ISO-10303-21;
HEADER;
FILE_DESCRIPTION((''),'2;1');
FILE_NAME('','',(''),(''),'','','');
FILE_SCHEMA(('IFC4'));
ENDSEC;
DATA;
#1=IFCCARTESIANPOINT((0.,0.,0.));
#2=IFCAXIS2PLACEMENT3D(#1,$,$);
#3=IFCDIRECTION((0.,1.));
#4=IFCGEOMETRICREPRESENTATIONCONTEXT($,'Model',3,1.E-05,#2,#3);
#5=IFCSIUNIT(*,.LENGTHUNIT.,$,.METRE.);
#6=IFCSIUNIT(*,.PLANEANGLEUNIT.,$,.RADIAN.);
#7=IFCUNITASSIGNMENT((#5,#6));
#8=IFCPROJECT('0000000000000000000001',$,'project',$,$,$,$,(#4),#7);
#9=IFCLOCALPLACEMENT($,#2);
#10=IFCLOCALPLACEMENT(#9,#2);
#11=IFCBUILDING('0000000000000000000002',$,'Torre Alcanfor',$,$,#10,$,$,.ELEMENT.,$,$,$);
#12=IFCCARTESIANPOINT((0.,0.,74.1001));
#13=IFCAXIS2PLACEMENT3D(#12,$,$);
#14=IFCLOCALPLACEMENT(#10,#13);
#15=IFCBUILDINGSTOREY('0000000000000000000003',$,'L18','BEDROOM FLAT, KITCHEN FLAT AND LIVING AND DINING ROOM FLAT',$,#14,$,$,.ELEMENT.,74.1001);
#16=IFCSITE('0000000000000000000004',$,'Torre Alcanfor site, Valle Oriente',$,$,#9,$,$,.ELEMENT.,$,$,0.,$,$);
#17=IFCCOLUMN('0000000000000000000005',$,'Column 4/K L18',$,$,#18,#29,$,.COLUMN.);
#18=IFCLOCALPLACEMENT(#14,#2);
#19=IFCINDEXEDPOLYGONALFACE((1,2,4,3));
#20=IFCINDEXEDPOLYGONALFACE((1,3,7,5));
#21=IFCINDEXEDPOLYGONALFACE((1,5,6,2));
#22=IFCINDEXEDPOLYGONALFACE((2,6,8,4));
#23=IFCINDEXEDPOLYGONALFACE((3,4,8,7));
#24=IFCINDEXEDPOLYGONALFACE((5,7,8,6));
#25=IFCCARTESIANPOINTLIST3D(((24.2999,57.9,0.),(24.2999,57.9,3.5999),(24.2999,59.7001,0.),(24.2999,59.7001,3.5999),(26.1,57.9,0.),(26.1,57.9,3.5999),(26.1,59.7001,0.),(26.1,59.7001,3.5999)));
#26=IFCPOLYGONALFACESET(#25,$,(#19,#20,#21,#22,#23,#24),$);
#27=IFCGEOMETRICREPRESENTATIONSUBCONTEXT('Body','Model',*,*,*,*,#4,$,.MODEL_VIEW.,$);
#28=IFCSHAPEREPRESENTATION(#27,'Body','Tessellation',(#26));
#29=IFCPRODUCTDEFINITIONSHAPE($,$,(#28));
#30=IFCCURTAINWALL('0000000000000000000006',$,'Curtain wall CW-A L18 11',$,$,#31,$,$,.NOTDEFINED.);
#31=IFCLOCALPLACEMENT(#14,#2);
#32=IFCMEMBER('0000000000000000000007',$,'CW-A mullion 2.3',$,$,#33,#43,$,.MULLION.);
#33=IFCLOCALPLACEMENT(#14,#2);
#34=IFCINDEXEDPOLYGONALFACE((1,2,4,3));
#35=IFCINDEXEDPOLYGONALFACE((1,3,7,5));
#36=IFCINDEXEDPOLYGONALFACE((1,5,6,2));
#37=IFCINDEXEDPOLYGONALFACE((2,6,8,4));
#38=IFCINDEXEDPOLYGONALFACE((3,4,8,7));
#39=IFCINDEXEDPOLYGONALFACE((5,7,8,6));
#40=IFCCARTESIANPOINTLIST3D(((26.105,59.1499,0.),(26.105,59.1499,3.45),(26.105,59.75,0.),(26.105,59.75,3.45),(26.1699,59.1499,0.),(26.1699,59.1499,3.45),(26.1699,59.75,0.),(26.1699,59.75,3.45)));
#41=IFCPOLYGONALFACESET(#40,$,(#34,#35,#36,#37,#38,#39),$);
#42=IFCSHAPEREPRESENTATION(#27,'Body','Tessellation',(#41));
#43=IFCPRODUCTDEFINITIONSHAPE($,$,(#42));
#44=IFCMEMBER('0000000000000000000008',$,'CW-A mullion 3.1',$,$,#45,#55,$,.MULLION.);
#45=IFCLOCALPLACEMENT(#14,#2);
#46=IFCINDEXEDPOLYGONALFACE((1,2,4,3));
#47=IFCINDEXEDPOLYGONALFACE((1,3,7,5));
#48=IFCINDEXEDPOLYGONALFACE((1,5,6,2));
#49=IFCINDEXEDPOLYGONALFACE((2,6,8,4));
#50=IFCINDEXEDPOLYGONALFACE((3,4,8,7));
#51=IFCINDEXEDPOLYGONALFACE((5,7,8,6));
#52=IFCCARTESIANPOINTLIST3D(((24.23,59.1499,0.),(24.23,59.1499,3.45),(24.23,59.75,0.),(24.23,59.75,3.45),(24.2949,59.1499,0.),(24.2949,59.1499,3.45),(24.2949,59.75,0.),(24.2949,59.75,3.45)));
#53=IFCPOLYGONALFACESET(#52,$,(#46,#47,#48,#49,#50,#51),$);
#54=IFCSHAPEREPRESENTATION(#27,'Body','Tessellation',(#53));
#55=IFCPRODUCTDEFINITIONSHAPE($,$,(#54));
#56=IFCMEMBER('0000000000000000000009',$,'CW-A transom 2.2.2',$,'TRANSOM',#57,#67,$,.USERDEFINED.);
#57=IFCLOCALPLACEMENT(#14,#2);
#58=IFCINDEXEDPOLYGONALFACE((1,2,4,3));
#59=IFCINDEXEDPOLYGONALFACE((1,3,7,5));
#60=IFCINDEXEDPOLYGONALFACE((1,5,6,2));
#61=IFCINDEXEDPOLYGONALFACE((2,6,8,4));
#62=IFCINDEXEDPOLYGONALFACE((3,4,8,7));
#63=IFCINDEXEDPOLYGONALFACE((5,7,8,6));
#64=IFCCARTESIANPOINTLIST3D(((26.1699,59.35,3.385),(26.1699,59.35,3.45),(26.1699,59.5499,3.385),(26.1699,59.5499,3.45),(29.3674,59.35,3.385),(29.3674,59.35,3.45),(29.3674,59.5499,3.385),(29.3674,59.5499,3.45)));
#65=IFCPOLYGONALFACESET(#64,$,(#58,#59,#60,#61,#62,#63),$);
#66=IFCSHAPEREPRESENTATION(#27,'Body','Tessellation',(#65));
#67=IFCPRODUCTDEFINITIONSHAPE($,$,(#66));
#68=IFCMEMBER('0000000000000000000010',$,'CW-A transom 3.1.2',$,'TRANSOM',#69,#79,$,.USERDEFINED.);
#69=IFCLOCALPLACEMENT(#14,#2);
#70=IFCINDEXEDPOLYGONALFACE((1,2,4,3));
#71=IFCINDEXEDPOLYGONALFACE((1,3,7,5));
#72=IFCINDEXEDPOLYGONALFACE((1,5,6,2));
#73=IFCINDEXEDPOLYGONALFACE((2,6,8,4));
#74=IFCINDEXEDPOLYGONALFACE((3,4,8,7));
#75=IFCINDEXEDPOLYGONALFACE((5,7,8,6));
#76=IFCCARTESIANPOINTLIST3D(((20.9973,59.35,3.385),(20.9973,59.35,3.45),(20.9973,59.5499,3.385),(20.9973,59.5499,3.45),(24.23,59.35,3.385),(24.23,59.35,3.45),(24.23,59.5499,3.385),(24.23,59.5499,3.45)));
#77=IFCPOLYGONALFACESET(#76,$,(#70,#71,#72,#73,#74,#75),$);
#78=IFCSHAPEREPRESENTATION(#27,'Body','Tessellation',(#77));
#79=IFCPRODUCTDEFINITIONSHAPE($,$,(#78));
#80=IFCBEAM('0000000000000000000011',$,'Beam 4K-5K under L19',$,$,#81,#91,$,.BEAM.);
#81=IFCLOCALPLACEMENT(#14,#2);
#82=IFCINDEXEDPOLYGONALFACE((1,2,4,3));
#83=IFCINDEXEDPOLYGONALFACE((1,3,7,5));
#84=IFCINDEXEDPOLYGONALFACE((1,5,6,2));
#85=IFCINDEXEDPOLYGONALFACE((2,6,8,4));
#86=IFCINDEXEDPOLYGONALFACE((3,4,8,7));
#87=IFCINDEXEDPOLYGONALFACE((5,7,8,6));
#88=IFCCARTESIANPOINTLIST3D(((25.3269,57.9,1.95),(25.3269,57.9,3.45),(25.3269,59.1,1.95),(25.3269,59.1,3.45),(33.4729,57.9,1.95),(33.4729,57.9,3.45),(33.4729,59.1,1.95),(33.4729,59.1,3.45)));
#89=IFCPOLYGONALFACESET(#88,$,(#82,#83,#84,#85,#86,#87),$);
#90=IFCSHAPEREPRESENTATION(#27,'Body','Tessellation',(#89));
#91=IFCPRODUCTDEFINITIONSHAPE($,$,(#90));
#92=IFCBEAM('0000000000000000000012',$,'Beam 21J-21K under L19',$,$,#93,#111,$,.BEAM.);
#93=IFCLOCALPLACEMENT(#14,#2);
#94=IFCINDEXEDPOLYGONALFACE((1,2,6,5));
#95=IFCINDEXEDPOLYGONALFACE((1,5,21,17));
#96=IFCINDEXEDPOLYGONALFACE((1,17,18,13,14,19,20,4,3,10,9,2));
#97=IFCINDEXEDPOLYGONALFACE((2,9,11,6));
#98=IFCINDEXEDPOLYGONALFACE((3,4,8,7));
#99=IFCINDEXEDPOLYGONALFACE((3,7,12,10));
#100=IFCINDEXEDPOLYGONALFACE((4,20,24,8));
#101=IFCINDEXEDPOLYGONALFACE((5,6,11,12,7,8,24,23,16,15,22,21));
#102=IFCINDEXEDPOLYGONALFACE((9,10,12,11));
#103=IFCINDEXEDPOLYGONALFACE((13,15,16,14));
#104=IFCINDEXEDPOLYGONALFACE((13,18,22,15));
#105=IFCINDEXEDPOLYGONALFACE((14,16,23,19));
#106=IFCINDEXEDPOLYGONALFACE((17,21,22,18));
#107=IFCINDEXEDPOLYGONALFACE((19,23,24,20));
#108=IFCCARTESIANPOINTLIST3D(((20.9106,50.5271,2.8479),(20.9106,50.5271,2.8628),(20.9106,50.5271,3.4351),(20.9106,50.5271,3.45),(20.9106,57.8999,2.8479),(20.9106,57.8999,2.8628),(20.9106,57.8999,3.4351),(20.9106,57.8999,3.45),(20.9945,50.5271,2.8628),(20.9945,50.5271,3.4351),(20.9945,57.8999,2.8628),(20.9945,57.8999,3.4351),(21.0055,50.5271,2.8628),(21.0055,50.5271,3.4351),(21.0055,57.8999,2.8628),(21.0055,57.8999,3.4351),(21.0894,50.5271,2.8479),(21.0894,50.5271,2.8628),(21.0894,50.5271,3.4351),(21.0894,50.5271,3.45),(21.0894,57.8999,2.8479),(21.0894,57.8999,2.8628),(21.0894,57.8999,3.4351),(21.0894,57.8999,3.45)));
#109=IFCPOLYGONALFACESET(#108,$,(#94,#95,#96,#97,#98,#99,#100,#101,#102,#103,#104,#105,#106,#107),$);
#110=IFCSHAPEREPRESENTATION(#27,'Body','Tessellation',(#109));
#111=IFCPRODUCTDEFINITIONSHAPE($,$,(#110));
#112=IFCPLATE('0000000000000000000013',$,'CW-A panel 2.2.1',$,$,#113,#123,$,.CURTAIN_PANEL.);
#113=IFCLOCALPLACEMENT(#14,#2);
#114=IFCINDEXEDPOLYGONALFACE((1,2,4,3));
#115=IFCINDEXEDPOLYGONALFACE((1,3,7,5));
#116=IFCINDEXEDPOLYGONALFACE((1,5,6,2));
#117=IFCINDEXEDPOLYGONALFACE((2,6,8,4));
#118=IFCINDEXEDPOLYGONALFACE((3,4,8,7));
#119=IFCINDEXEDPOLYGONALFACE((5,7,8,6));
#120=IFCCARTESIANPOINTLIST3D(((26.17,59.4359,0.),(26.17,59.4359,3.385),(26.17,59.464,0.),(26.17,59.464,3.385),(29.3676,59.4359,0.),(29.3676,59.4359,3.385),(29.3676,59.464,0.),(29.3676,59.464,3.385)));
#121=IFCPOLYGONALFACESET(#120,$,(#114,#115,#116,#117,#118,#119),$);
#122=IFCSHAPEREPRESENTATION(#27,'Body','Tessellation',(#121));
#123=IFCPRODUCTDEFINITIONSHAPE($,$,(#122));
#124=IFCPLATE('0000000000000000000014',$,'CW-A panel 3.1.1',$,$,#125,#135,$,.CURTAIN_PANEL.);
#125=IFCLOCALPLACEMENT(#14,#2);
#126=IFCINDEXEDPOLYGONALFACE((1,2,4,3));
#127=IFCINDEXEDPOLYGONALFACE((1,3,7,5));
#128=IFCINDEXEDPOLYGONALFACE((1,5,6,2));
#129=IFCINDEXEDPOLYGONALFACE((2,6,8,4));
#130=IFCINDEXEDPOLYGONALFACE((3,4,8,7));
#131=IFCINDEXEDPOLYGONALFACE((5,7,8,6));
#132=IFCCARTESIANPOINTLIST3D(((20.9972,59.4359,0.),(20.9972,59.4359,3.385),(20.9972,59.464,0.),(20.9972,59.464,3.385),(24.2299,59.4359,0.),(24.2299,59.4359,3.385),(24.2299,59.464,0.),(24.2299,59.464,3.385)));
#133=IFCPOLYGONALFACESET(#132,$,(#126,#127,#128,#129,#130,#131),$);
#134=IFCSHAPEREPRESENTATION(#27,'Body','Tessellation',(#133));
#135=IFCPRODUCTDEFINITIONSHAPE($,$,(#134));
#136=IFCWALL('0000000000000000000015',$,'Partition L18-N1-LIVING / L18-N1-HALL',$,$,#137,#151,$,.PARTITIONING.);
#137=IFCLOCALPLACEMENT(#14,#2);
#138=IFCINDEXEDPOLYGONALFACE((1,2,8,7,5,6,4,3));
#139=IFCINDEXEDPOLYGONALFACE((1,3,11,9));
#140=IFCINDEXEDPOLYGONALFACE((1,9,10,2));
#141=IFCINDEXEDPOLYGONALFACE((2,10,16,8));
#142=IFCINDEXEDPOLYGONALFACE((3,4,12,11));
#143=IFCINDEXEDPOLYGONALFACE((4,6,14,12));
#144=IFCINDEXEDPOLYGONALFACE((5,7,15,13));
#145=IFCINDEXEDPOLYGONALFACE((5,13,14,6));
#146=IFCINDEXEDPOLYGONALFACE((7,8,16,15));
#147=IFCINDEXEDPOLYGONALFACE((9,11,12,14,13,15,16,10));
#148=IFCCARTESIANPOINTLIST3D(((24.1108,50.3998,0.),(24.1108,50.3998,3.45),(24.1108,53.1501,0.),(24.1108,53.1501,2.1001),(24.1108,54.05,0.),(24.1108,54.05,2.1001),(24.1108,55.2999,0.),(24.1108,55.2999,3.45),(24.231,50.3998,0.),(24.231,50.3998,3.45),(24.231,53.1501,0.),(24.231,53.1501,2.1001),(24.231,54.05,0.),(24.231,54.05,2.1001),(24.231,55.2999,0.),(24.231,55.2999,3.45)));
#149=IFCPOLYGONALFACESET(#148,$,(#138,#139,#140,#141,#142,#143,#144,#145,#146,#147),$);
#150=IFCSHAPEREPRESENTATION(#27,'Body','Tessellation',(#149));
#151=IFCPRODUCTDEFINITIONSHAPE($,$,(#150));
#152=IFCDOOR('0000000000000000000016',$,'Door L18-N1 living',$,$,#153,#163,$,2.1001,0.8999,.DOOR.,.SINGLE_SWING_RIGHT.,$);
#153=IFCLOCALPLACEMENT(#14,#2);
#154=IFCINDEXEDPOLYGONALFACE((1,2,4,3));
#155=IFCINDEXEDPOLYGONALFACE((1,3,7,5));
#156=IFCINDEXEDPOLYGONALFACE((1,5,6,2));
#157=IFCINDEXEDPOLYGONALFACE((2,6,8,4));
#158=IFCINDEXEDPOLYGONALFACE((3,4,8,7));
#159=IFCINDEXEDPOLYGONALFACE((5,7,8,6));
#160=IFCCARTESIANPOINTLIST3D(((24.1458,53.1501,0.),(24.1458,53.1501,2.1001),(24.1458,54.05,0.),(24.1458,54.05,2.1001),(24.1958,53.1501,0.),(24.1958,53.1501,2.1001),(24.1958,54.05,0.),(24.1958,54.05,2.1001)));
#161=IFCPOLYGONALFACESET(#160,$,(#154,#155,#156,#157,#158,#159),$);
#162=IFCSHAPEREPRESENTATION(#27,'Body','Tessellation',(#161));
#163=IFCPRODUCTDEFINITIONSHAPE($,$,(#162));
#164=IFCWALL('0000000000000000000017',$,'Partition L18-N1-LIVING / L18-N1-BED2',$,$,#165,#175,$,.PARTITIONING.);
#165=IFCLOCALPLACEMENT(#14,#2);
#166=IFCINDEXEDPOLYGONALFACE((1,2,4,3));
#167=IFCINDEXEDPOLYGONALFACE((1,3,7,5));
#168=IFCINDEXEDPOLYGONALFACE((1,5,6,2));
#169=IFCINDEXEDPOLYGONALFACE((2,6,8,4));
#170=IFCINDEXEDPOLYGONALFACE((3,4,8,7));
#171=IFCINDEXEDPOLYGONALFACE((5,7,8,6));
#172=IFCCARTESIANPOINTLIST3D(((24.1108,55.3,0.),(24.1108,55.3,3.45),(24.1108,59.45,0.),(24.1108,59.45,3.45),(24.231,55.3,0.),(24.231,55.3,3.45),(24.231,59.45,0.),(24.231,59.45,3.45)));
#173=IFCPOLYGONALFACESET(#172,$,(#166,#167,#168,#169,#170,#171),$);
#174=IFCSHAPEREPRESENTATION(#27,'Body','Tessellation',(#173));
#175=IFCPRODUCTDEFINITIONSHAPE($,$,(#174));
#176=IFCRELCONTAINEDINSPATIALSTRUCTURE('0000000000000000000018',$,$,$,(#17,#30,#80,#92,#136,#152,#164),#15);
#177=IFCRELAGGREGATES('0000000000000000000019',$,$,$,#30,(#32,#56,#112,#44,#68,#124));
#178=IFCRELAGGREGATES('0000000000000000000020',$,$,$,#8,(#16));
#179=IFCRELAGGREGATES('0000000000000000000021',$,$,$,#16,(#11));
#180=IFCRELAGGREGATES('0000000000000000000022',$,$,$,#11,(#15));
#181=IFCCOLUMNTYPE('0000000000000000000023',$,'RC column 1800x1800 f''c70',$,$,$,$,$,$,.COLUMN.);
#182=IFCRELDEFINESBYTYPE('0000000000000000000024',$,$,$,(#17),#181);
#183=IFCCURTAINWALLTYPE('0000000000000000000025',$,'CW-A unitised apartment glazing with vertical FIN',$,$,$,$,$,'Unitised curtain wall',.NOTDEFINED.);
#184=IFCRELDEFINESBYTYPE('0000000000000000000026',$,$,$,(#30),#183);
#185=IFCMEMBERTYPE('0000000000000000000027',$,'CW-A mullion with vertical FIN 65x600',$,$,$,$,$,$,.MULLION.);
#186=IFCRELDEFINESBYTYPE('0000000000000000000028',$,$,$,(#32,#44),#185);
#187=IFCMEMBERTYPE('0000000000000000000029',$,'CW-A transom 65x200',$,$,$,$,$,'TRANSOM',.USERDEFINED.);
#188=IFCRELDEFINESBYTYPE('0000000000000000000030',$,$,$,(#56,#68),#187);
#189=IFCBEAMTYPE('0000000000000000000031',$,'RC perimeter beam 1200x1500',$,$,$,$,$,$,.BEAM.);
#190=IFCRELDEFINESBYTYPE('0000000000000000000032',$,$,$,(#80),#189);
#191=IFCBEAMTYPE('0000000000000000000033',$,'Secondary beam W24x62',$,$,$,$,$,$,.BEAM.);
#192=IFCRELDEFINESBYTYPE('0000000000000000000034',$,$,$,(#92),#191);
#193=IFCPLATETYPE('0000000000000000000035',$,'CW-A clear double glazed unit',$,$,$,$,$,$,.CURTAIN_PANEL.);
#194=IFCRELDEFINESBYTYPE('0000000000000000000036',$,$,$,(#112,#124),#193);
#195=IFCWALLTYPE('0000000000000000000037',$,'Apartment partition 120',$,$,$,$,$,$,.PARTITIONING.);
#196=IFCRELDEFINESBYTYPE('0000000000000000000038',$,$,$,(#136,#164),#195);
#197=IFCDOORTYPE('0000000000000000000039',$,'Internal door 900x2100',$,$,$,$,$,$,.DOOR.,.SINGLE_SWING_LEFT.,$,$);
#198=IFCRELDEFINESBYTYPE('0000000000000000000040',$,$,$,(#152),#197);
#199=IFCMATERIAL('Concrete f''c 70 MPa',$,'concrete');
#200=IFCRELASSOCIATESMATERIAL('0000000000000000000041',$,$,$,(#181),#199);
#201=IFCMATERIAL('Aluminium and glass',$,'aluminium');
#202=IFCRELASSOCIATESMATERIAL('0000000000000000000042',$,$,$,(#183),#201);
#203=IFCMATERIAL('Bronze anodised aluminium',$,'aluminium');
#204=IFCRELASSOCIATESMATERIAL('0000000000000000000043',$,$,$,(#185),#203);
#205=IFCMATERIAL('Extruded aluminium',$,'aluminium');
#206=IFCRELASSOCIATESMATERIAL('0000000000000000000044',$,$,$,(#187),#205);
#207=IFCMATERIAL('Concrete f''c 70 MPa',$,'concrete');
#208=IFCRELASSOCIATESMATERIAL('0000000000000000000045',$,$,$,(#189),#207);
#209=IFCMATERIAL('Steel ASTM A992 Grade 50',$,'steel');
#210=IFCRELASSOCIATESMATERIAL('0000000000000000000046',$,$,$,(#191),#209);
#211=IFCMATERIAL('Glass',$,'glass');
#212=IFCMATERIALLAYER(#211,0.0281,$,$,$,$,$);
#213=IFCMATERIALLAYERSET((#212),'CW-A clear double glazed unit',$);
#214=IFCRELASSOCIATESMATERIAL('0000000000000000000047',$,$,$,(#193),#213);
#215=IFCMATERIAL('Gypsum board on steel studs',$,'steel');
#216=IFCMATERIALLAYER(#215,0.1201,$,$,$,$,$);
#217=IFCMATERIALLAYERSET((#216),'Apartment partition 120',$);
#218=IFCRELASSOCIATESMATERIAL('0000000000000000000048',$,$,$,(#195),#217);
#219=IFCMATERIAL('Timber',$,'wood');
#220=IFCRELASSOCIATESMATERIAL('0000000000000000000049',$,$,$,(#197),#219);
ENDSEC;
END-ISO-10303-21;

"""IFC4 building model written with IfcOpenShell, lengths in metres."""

from ifc_helpers import new_model, si_unit, direction, frame, frame_2d, origin, origin_2d, place, context, subcontext, project, spatial, rectangle, i_section, extrude, material, layer, layer_set, material_profile, profile_set, type_object, element, fill, aggregate, save


model = new_model("IFC4")

# Units and contexts
model_context = context("Model", 3, precision=1e-05, world=origin(), true_north=direction((0.0, 1.0)))
body_context = subcontext(model_context, "Body", "Model", "MODEL_VIEW")
ifc_project = project(units=[si_unit("LENGTHUNIT", "METRE"), si_unit("PLANEANGLEUNIT", "RADIAN")], contexts=[model_context])

# Site, building, storey
site_placement = place(None, origin())
site = spatial("IfcSite", under=ifc_project, at=site_placement, Name="Torre Alcanfor site, Valle Oriente", CompositionType="ELEMENT", RefElevation=0.0)
building_placement = place(site_placement, origin())
building = spatial("IfcBuilding", under=site, at=building_placement, Name="Torre Alcanfor", CompositionType="ELEMENT")
storey_placement = place(building_placement, frame((0.0, 0.0, 74.1001)))
storey = spatial("IfcBuildingStorey", under=building, at=storey_placement, Name="L18", Description="BEDROOM FLAT, KITCHEN FLAT AND LIVING AND DINING ROOM FLAT", CompositionType="ELEMENT", Elevation=74.1001)

# Column
ifc_material_1 = material(Name="Concrete f'c 70 MPa", Category="concrete")
ifc_material_profile_1 = material_profile(ifc_material_1, rectangle(XDim=1.8, YDim=1.8, at=origin_2d()), Name="1800x1800")
ifc_profile_set_1 = profile_set([ifc_material_profile_1], Name="Concrete f'c 70 MPa")
column_type = type_object("IfcColumnType", Name="RC column 1800x1800 f'c70", PredefinedType="COLUMN", material=ifc_profile_set_1)
column_placement = place(storey_placement, frame((25.2, 58.8, 0.0), z_axis=(0.0, 0.0, 1.0), x_axis=(1.0, 0.0, 0.0)))
element("IfcColumn", 1, at=column_placement, inside=storey, type_object=column_type, Name="Column 4/K L18", PredefinedType="COLUMN", context=body_context, shape_type="SweptSolid", body=[
    extrude(rectangle(XDim=1.8, YDim=1.8, at=origin_2d()), origin(), (0.0, 0.0, 1.0), 3.5999),
])

# Curtain wall, members
ifc_material_2 = material(Name="Aluminium and glass", Category="aluminium")
curtain_wall_type = type_object("IfcCurtainWallType", Name="CW-A unitised apartment glazing with vertical FIN", ElementType="Unitised curtain wall", PredefinedType="NOTDEFINED", material=ifc_material_2)
curtain_wall_placement = place(storey_placement, origin())
curtain_wall = element("IfcCurtainWall", 2, at=curtain_wall_placement, inside=storey, type_object=curtain_wall_type, Name="Curtain wall CW-A L18 11", PredefinedType="NOTDEFINED")
ifc_material_3 = material(Name="Bronze anodised aluminium", Category="aluminium")
ifc_material_profile_2 = material_profile(ifc_material_3, rectangle(XDim=0.6001, YDim=0.0649, at=origin_2d()), Name="CW-A mullion 65x600")
ifc_profile_set_2 = profile_set([ifc_material_profile_2], Name="Bronze anodised aluminium")
member_type_1 = type_object("IfcMemberType", Name="CW-A mullion with vertical FIN 65x600", PredefinedType="MULLION", material=ifc_profile_set_2)
member_1_placement = place(storey_placement, frame((26.1375, 59.45, 0.0), z_axis=(0.0, 0.0, 1.0), x_axis=(0.0, -1.0, 0.0)))
member_1 = element("IfcMember", 3, at=member_1_placement, type_object=member_type_1, Name="CW-A mullion 2.3", PredefinedType="MULLION", context=body_context, shape_type="SweptSolid", body=[
    extrude(rectangle(XDim=0.6001, YDim=0.0649, at=origin_2d()), origin(), (0.0, 0.0, 1.0), 3.45),
])
member_2_placement = place(storey_placement, frame((24.2625, 59.45, 0.0), z_axis=(0.0, 0.0, 1.0), x_axis=(0.0, -1.0, 0.0)))
member_2 = element("IfcMember", 4, at=member_2_placement, type_object=member_type_1, Name="CW-A mullion 3.1", PredefinedType="MULLION", context=body_context, shape_type="SweptSolid", body=[
    extrude(rectangle(XDim=0.6001, YDim=0.0649, at=origin_2d()), origin(), (0.0, 0.0, 1.0), 3.45),
])
ifc_material_4 = material(Name="Extruded aluminium", Category="aluminium")
ifc_material_profile_3 = material_profile(ifc_material_4, rectangle(XDim=0.2, YDim=0.0649, at=origin_2d()), Name="CW-A transom 200x65")
ifc_profile_set_3 = profile_set([ifc_material_profile_3], Name="Extruded aluminium")
member_type_2 = type_object("IfcMemberType", Name="CW-A transom 65x200", ElementType="TRANSOM", PredefinedType="USERDEFINED", material=ifc_profile_set_3)
member_3_placement = place(storey_placement, frame((29.3674, 59.45, 3.4175), z_axis=(-1.0, 0.0, 0.0), x_axis=(0.0, -1.0, 0.0)))
member_3 = element("IfcMember", 5, at=member_3_placement, type_object=member_type_2, Name="CW-A transom 2.2.2", ObjectType="TRANSOM", PredefinedType="USERDEFINED", context=body_context, shape_type="SweptSolid", body=[
    extrude(rectangle(XDim=0.2, YDim=0.0649, at=origin_2d()), origin(), (0.0, 0.0, 1.0), 3.1975),
])
member_4_placement = place(storey_placement, frame((24.23, 59.45, 3.4175), z_axis=(-1.0, 0.0, 0.0), x_axis=(0.0, -1.0, 0.0)))
member_4 = element("IfcMember", 6, at=member_4_placement, type_object=member_type_2, Name="CW-A transom 3.1.2", ObjectType="TRANSOM", PredefinedType="USERDEFINED", context=body_context, shape_type="SweptSolid", body=[
    extrude(rectangle(XDim=0.2, YDim=0.0649, at=origin_2d()), origin(), (0.0, 0.0, 1.0), 3.2327),
])

# Beams
ifc_material_5 = material(Name="Concrete f'c 70 MPa", Category="concrete")
ifc_material_profile_4 = material_profile(ifc_material_5, rectangle(XDim=1.2, YDim=1.5, at=origin_2d()), Name="1200x1500")
ifc_profile_set_4 = profile_set([ifc_material_profile_4], Name="Concrete f'c 70 MPa")
beam_type_1 = type_object("IfcBeamType", Name="RC perimeter beam 1200x1500", PredefinedType="BEAM", material=ifc_profile_set_4)
beam_1_placement = place(storey_placement, frame((25.3269, 58.5, 2.7), z_axis=(1.0, 0.0, 0.0), x_axis=(0.0, 1.0, 0.0)))
element("IfcBeam", 7, at=beam_1_placement, inside=storey, type_object=beam_type_1, Name="Beam 4K-5K under L19", PredefinedType="BEAM", context=body_context, shape_type="SweptSolid", body=[
    extrude(rectangle(XDim=1.2, YDim=1.5, at=origin_2d()), origin(), (0.0, 0.0, 1.0), 8.146),
])
ifc_material_6 = material(Name="Steel ASTM A992 Grade 50", Category="steel")
ifc_material_profile_5 = material_profile(ifc_material_6, i_section(OverallWidth=0.1787, OverallDepth=0.6021, WebThickness=0.011, FlangeThickness=0.0149, at=origin_2d()), Name="W24x62")
ifc_profile_set_5 = profile_set([ifc_material_profile_5], Name="Steel ASTM A992 Grade 50")
beam_type_2 = type_object("IfcBeamType", Name="Secondary beam W24x62", PredefinedType="BEAM", material=ifc_profile_set_5)
beam_2_placement = place(storey_placement, frame((21.0, 50.5271, 3.1489), z_axis=(0.0, 1.0, 0.0), x_axis=(-1.0, 0.0, 0.0)))
element("IfcBeam", 8, at=beam_2_placement, inside=storey, type_object=beam_type_2, Name="Beam 21J-21K under L19", PredefinedType="BEAM", context=body_context, shape_type="SweptSolid", body=[
    extrude(i_section(OverallWidth=0.1787, OverallDepth=0.6021, WebThickness=0.011, FlangeThickness=0.0149, at=origin_2d()), origin(), (0.0, 0.0, 1.0), 7.3728),
])

# Plates
ifc_material_7 = material(Name="Glass", Category="glass")
ifc_layer_1 = layer(ifc_material_7, 0.0281)
ifc_layer_set_1 = layer_set([ifc_layer_1], Name="CW-A clear double glazed unit")
plate_type = type_object("IfcPlateType", Name="CW-A clear double glazed unit", PredefinedType="CURTAIN_PANEL", material=ifc_layer_set_1)
plate_1_placement = place(storey_placement, frame((27.7688, 59.45, 0.0), z_axis=(0.0, 0.0, 1.0), x_axis=(-1.0, 0.0, 0.0)))
plate_1 = element("IfcPlate", 9, at=plate_1_placement, type_object=plate_type, Name="CW-A panel 2.2.1", PredefinedType="CURTAIN_PANEL", context=body_context, shape_type="SweptSolid", body=[
    extrude(rectangle(XDim=3.1975, YDim=0.0281, at=origin_2d()), origin(), (0.0, 0.0, 1.0), 3.385),
])
plate_2_placement = place(storey_placement, frame((22.6135, 59.45, 0.0), z_axis=(0.0, 0.0, 1.0), x_axis=(-1.0, 0.0, 0.0)))
plate_2 = element("IfcPlate", 10, at=plate_2_placement, type_object=plate_type, Name="CW-A panel 3.1.1", PredefinedType="CURTAIN_PANEL", context=body_context, shape_type="SweptSolid", body=[
    extrude(rectangle(XDim=3.2327, YDim=0.0281, at=origin_2d()), origin(), (0.0, 0.0, 1.0), 3.385),
])
aggregate(curtain_wall, [member_1, member_3, plate_1, member_2, member_4, plate_2])

# Wall, opening, door
ifc_material_8 = material(Name="Gypsum board on steel studs", Category="steel")
ifc_layer_2 = layer(ifc_material_8, 0.1201)
ifc_layer_set_2 = layer_set([ifc_layer_2], Name="Apartment partition 120")
wall_type = type_object("IfcWallType", Name="Apartment partition 120", PredefinedType="PARTITIONING", material=ifc_layer_set_2)
wall_1_placement = place(storey_placement, frame((24.1709, 55.3, 0.0), z_axis=(0.0, 0.0, 1.0), x_axis=(0.0, -1.0, 0.0)))
wall_1 = element("IfcWall", 11, at=wall_1_placement, inside=storey, type_object=wall_type, Name="Partition L18-N1-LIVING / L18-N1-HALL", PredefinedType="PARTITIONING", context=body_context, shape_type="SweptSolid", body=[
    extrude(rectangle(XDim=4.9001, YDim=0.1201, at=frame_2d((2.4502, 0.0))), origin(), (0.0, 0.0, 1.0), 3.45),
])
opening_1_placement = place(wall_1_placement, frame((1.25, 0.0, 0.0)))
opening_1 = element("IfcOpeningElement", 12, at=opening_1_placement, cuts=wall_1, PredefinedType="OPENING", context=body_context, shape_type="SweptSolid", body=[
    extrude(rectangle(XDim=0.8999, YDim=2.1001, at=frame_2d((0.45, 1.05))), frame((0.0, 0.0701, 0.0), z_axis=(0.0, -1.0, 0.0), x_axis=(1.0, 0.0, 0.0)), (0.0, 0.0, 1.0), 0.1401),
])
ifc_material_9 = material(Name="Timber", Category="wood")
door_type = type_object("IfcDoorType", Name="Internal door 900x2100", OperationType="SINGLE_SWING_LEFT", PredefinedType="DOOR", material=ifc_material_9)
door_1_placement = place(opening_1_placement, origin())
door_1 = element("IfcDoor", 13, at=door_1_placement, inside=storey, type_object=door_type, Name="Door L18-N1 living", OperationType="SINGLE_SWING_RIGHT", OverallHeight=2.1001, OverallWidth=0.8999, PredefinedType="DOOR", context=body_context, shape_type="SweptSolid", body=[
    extrude(rectangle(XDim=0.8999, YDim=2.1001, at=frame_2d((0.45, 1.05))), frame((0.0, 0.0249, 0.0), z_axis=(0.0, -1.0, 0.0), x_axis=(1.0, 0.0, 0.0)), (0.0, 0.0, 1.0), 0.05),
])
fill(opening_1, door_1)

# Wall
wall_2_placement = place(storey_placement, frame((24.1709, 59.45, 0.0), z_axis=(0.0, 0.0, 1.0), x_axis=(0.0, -1.0, 0.0)))
element("IfcWall", 14, at=wall_2_placement, inside=storey, type_object=wall_type, Name="Partition L18-N1-LIVING / L18-N1-BED2", PredefinedType="PARTITIONING", context=body_context, shape_type="SweptSolid", body=[
    extrude(rectangle(XDim=4.1499, YDim=0.1201, at=frame_2d((2.075, 0.0))), origin(), (0.0, 0.0, 1.0), 3.45),
])

save(model, "model.ifc")
